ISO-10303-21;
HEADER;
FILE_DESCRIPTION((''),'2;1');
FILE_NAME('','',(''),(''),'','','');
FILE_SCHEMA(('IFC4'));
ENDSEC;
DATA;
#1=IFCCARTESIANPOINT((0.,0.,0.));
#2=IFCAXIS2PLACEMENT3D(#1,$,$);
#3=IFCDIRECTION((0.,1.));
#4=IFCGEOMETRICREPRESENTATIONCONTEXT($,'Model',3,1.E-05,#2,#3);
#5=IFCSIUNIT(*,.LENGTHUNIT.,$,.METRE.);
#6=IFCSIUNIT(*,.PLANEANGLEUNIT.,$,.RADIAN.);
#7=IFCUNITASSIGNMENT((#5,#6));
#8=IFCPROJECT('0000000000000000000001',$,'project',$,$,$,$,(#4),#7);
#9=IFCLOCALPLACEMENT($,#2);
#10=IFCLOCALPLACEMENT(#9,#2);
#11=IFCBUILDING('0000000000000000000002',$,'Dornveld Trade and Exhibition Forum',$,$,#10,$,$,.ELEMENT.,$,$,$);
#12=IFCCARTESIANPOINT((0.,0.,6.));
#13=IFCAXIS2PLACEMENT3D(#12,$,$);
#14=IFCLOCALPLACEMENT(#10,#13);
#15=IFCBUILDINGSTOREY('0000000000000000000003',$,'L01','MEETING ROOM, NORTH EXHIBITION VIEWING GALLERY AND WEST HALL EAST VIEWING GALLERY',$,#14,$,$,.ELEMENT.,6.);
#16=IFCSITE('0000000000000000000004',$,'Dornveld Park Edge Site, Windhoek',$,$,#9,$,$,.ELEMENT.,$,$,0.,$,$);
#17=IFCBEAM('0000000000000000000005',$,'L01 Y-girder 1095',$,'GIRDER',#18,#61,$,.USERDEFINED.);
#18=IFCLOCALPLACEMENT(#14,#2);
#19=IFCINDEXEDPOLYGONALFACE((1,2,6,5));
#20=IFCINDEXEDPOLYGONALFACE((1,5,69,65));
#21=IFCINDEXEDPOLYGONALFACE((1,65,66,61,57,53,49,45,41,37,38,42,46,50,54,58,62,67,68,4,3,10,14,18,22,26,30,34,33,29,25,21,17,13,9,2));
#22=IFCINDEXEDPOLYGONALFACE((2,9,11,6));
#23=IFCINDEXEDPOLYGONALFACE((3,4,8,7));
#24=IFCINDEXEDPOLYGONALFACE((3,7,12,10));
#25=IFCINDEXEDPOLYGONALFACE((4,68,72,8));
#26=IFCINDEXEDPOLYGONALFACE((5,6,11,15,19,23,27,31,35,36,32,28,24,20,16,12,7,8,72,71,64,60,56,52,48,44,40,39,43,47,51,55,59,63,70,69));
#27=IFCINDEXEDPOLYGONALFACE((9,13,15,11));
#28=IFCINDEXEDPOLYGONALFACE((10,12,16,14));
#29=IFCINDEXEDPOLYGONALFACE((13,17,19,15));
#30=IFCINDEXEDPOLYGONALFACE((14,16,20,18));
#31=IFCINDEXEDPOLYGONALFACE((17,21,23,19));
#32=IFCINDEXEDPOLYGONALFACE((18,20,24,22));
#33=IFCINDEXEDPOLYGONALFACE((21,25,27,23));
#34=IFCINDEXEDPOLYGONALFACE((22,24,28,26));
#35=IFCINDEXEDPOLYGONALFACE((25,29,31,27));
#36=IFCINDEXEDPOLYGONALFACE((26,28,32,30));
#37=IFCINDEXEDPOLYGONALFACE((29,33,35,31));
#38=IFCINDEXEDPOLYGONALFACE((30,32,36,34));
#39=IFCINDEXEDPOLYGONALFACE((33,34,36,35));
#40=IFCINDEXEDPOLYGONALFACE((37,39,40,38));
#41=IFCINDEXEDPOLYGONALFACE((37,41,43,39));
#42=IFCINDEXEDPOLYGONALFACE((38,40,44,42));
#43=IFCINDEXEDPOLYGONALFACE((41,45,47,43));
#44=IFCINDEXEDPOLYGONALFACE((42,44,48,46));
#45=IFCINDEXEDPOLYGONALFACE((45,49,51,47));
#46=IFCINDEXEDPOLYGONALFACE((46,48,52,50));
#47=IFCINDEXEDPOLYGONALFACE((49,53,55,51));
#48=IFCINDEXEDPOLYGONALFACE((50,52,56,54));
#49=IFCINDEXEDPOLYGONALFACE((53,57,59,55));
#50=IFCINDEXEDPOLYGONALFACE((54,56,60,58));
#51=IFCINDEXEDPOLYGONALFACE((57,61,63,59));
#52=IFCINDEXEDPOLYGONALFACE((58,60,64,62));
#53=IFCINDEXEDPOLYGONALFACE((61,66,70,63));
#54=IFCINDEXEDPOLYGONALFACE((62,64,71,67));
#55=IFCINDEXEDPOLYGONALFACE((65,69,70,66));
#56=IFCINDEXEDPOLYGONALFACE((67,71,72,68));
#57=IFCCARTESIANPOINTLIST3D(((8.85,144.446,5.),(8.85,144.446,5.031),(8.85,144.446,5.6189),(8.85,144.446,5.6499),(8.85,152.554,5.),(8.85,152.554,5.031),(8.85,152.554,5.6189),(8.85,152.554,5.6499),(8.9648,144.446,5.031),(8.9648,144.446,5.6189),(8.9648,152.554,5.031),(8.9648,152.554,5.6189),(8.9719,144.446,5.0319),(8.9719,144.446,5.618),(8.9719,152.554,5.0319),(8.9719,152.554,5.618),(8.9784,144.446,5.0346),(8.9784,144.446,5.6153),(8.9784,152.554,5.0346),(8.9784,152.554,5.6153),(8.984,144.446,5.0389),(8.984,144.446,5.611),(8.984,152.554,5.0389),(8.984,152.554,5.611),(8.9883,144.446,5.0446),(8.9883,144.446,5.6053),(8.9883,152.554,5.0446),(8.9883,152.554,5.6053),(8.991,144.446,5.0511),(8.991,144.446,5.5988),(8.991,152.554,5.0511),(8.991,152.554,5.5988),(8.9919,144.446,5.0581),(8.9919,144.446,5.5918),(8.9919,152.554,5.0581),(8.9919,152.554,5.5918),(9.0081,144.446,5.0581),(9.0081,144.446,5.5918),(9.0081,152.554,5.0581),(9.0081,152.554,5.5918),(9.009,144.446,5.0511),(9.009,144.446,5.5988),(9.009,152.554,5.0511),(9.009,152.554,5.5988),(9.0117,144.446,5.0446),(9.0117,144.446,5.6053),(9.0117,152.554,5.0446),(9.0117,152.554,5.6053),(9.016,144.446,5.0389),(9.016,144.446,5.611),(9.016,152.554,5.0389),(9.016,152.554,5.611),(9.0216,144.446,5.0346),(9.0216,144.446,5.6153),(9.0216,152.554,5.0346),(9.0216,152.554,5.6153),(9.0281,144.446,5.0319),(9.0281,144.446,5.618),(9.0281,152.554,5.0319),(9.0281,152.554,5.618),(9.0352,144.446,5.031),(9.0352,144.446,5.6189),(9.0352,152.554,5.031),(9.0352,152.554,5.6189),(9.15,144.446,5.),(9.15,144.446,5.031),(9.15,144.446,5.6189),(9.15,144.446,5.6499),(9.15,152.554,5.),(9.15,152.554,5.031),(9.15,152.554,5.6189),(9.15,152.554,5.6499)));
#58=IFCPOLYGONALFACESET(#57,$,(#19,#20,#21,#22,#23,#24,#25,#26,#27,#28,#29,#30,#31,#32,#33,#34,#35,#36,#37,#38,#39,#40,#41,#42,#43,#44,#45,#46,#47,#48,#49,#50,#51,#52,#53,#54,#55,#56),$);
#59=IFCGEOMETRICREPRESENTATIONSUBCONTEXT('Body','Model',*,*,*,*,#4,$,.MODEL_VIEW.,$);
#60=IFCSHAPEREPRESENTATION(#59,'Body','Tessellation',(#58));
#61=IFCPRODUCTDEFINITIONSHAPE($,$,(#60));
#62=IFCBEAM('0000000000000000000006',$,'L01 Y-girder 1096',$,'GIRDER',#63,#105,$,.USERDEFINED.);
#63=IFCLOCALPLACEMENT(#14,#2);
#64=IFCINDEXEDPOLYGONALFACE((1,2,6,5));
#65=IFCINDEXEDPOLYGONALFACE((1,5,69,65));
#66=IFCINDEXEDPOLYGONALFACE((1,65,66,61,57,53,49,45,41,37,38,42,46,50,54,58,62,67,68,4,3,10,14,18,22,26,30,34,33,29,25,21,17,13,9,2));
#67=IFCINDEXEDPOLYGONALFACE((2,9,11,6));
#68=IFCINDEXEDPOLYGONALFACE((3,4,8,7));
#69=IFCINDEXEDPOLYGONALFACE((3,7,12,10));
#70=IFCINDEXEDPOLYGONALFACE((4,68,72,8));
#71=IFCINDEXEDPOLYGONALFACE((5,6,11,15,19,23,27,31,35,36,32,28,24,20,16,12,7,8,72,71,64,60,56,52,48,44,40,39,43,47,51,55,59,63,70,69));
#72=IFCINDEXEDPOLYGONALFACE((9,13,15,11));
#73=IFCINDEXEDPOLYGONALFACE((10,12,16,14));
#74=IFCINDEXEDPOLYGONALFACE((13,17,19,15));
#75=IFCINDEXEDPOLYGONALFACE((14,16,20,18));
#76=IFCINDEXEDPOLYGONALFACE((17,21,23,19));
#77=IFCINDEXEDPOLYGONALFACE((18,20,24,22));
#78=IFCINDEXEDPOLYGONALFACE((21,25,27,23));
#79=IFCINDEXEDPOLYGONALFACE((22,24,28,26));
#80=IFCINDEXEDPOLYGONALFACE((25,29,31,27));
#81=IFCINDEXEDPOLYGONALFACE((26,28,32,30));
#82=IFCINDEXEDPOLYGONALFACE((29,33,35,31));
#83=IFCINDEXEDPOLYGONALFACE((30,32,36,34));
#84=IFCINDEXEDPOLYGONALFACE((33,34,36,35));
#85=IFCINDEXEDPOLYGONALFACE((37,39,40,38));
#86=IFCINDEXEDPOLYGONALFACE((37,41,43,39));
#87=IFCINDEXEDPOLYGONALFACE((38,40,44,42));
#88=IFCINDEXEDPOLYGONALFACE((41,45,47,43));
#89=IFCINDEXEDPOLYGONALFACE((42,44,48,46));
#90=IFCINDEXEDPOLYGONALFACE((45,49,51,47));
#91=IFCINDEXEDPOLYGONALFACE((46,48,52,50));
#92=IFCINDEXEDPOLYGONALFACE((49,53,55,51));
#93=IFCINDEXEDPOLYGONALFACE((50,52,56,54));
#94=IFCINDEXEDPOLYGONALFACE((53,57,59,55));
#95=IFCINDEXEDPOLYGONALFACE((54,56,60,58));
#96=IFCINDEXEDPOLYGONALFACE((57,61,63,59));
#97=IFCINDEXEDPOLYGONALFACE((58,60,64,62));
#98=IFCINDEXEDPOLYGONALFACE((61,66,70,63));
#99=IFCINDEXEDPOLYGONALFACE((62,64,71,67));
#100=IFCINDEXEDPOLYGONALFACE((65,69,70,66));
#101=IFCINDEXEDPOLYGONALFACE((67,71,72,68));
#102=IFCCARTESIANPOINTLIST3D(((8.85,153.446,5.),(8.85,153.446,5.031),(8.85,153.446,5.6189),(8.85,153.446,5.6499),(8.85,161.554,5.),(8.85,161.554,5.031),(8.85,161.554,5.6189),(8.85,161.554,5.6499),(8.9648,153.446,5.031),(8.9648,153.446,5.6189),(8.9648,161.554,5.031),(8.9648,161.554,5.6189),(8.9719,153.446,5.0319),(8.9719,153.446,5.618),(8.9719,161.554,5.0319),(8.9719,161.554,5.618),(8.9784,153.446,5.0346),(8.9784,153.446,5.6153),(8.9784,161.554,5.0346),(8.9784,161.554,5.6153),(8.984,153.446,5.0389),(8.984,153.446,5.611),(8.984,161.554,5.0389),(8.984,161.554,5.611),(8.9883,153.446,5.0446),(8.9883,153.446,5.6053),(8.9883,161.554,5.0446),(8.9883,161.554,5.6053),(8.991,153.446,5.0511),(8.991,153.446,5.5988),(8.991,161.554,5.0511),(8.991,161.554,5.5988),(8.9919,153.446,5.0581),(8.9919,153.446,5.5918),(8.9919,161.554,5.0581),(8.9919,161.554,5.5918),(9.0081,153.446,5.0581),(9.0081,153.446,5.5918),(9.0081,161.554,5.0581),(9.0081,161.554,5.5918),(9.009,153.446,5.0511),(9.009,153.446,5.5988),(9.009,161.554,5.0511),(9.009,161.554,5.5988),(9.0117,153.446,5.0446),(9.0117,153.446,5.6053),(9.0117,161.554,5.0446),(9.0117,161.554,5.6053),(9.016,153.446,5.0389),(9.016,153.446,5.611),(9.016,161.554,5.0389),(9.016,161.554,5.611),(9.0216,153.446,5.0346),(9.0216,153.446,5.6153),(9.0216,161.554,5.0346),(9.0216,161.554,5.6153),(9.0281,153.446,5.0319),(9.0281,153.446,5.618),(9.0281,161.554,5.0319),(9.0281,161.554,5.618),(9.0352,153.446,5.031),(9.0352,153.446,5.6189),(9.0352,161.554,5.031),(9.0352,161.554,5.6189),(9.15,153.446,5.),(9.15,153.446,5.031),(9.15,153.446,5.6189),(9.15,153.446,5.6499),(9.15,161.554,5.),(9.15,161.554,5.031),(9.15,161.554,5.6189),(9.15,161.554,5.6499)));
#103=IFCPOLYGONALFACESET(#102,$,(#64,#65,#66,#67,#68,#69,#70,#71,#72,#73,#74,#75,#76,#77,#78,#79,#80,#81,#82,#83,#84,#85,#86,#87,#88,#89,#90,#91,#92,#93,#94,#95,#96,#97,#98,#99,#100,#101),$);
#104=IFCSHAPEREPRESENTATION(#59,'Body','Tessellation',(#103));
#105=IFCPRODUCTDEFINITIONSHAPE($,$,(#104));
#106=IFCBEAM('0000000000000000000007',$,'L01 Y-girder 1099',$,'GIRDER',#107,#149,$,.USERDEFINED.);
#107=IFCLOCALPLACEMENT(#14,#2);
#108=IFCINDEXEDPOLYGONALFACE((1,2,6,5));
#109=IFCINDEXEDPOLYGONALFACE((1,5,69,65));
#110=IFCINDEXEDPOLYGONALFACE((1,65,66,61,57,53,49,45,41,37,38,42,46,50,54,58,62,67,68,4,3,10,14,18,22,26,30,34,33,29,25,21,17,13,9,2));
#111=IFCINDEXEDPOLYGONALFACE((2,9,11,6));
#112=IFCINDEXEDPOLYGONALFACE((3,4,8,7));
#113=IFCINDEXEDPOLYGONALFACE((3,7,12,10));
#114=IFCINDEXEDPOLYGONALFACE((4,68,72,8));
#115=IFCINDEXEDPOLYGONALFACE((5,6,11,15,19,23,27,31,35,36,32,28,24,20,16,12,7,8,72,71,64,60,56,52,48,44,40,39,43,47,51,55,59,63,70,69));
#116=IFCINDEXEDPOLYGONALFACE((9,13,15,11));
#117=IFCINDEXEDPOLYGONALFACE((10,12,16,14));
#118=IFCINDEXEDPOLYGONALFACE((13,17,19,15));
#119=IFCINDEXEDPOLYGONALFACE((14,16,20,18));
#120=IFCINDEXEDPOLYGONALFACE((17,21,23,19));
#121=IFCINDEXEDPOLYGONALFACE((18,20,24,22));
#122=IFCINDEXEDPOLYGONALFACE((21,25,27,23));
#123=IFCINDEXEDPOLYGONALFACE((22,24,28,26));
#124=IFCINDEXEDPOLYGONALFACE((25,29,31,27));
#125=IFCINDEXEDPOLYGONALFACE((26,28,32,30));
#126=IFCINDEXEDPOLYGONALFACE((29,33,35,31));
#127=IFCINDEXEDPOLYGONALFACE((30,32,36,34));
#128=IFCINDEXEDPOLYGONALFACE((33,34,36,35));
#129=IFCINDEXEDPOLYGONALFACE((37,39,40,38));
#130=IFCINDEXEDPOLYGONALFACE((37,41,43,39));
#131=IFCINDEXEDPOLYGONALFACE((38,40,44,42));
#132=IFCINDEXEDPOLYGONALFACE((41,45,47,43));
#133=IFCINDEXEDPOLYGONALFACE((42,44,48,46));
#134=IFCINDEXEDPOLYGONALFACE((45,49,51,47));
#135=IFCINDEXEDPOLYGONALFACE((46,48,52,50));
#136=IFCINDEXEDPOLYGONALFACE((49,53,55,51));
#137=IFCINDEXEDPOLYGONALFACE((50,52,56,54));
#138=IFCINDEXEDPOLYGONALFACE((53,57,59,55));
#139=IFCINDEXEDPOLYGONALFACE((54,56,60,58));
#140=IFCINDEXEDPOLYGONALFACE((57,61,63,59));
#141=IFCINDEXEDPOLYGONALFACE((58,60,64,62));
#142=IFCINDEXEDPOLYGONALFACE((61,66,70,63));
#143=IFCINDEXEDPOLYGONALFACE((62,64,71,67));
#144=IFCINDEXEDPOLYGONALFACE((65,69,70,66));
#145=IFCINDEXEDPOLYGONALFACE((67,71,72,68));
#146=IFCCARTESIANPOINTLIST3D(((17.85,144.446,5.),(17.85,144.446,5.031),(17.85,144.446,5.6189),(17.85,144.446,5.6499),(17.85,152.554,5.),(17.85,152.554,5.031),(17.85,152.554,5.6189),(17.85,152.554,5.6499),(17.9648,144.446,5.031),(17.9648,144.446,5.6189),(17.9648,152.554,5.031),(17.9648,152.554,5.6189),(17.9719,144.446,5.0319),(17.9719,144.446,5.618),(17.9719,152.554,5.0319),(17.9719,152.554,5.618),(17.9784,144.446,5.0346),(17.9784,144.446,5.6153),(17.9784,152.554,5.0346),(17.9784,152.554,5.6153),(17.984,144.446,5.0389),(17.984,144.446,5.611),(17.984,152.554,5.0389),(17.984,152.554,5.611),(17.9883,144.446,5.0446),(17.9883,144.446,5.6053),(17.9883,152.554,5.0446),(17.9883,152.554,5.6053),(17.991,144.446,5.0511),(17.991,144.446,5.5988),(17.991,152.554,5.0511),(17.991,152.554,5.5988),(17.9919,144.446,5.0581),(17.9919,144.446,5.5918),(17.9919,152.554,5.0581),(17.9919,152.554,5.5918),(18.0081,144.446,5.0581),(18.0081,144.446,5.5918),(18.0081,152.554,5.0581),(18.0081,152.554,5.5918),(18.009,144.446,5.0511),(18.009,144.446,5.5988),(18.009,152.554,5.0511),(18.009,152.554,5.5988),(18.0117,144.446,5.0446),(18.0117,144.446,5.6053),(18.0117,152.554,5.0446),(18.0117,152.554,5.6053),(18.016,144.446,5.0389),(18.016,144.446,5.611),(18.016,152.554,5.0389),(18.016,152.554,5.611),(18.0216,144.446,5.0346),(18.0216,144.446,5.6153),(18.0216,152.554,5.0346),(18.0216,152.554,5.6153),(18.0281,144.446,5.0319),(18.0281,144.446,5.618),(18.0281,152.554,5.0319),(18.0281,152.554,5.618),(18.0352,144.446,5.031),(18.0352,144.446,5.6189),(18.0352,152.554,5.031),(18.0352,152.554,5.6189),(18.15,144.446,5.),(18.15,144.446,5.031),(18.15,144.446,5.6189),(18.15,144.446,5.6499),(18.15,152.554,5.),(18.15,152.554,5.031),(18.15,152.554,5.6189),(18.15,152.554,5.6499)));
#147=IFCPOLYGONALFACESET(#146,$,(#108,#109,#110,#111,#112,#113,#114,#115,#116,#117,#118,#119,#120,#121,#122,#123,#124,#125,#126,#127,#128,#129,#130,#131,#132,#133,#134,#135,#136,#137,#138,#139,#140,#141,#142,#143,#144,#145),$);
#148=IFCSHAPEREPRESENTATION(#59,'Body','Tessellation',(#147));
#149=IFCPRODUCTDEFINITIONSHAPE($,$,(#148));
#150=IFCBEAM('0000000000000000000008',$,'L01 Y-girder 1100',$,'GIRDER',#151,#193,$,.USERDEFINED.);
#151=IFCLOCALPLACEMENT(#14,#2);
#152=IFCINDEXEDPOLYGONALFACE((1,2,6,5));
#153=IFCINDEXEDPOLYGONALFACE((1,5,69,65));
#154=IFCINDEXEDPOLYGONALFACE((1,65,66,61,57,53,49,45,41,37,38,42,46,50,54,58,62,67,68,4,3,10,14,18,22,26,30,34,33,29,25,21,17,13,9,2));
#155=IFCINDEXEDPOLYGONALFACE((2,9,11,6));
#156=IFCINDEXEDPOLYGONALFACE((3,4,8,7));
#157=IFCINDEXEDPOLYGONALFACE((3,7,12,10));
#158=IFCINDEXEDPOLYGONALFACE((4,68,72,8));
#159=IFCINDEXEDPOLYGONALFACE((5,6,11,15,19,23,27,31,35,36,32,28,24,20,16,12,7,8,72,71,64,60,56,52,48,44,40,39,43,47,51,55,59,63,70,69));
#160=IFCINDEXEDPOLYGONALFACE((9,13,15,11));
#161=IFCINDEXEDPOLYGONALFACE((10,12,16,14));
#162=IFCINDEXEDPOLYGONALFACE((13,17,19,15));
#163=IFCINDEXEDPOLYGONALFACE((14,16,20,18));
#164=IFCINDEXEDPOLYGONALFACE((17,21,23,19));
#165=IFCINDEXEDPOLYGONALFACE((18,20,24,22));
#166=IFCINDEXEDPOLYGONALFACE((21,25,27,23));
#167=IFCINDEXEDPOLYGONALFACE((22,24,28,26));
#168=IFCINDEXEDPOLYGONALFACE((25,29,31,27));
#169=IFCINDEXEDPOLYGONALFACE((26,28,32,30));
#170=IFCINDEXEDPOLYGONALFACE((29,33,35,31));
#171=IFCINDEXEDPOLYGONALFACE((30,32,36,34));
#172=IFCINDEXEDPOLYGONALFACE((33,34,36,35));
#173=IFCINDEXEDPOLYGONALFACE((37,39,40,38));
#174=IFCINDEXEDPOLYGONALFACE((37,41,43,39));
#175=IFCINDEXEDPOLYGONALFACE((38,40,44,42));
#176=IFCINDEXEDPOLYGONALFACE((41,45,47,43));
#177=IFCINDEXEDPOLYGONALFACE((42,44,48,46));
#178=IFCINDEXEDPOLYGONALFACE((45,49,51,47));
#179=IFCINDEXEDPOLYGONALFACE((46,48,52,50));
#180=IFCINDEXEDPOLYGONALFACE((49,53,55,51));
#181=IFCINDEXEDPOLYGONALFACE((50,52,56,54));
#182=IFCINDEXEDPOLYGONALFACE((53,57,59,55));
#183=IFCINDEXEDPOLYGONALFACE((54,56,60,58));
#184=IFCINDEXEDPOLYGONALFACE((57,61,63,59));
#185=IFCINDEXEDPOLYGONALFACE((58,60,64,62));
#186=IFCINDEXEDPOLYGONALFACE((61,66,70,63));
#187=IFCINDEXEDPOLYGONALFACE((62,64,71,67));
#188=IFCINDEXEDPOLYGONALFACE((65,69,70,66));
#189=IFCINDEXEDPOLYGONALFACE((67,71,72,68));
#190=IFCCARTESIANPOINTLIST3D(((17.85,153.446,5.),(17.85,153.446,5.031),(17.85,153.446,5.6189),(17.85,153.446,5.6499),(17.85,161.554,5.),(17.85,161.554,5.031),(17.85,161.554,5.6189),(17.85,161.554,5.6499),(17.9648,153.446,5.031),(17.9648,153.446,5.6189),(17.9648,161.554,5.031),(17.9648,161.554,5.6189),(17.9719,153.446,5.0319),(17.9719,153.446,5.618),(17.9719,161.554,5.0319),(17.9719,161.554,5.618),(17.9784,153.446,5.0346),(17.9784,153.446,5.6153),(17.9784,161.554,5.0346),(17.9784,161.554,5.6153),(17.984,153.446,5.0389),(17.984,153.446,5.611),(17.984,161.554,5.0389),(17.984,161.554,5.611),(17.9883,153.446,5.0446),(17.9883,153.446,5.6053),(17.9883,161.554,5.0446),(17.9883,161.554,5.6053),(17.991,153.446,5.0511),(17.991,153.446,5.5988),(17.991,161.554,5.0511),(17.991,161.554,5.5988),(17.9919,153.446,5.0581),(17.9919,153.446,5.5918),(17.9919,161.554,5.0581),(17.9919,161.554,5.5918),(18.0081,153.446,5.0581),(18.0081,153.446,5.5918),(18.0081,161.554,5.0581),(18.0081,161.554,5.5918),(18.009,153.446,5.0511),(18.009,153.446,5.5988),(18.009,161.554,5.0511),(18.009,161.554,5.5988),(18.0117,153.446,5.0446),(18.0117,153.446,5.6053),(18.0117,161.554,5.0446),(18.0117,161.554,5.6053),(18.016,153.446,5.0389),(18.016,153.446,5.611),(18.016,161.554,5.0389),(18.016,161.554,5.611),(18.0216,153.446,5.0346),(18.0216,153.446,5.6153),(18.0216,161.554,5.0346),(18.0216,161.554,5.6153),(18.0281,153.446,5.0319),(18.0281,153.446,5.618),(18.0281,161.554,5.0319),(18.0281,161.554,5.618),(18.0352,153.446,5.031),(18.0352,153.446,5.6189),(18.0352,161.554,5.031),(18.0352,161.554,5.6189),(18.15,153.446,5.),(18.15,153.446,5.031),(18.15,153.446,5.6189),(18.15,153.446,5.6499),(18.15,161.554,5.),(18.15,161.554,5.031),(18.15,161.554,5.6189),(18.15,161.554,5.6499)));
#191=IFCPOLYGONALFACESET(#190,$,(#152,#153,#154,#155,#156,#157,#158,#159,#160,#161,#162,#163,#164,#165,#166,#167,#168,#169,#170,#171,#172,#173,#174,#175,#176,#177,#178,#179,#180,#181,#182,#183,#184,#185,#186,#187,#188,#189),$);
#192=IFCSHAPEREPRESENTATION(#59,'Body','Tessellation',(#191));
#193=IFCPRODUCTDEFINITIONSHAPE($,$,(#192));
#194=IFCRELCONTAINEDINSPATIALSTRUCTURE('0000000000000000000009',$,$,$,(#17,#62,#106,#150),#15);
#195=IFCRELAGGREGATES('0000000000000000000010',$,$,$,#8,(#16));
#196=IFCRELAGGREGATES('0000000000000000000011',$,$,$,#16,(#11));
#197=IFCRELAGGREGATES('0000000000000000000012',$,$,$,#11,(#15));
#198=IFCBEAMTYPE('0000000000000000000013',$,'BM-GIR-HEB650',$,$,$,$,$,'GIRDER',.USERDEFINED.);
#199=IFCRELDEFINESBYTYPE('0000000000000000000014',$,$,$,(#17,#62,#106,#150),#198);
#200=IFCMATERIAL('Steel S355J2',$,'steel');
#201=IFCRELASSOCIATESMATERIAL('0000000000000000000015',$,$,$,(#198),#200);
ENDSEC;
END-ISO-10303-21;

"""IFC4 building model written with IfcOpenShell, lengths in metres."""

from ifc_helpers import new_model, si_unit, direction, frame, origin, origin_2d, place, context, subcontext, project, spatial, i_section, extrude, material, material_profile, profile_set, type_object, element, save


model = new_model("IFC4")

# Units and contexts
model_context = context("Model", 3, precision=1e-05, world=origin(), true_north=direction((0.0, 1.0)))
body_context = subcontext(model_context, "Body", "Model", "MODEL_VIEW")
ifc_project = project(units=[si_unit("LENGTHUNIT", "METRE"), si_unit("PLANEANGLEUNIT", "RADIAN")], contexts=[model_context])

# Site, building, storey
site_placement = place(None, origin())
site = spatial("IfcSite", under=ifc_project, at=site_placement, Name="Dornveld Park Edge Site, Windhoek", CompositionType="ELEMENT", RefElevation=0.0)
building_placement = place(site_placement, origin())
building = spatial("IfcBuilding", under=site, at=building_placement, Name="Dornveld Trade and Exhibition Forum", CompositionType="ELEMENT")
storey_placement = place(building_placement, frame((0.0, 0.0, 6.0)))
storey = spatial("IfcBuildingStorey", under=building, at=storey_placement, Name="L01", Description="MEETING ROOM, NORTH EXHIBITION VIEWING GALLERY AND WEST HALL EAST VIEWING GALLERY", CompositionType="ELEMENT", Elevation=6.0)

# Beams
ifc_material_1 = material(Name="Steel S355J2", Category="steel")
ifc_material_profile_1 = material_profile(ifc_material_1, i_section(OverallWidth=0.3, OverallDepth=0.6499, WebThickness=0.0161, FlangeThickness=0.031, FilletRadius=0.0271, at=origin_2d()), Name="HEB 650")
ifc_profile_set_1 = profile_set([ifc_material_profile_1], Name="Steel S355J2")
beam_type_1 = type_object("IfcBeamType", Name="BM-GIR-HEB650", ElementType="GIRDER", PredefinedType="USERDEFINED", material=ifc_profile_set_1)
for number, where, z_axis, x_axis, name in (
    (1, (9.0, 144.446, 5.325), (0.0, 1.0, 0.0), (-1.0, 0.0, 0.0), "L01 Y-girder 1095"),
    (2, (9.0, 153.446, 5.325), (0.0, 1.0, 0.0), (-1.0, 0.0, 0.0), "L01 Y-girder 1096"),
    (3, (18.0, 144.446, 5.325), (0.0, 1.0, 0.0), (-1.0, 0.0, 0.0), "L01 Y-girder 1099"),
    (4, (18.0, 153.446, 5.325), (0.0, 1.0, 0.0), (-1.0, 0.0, 0.0), "L01 Y-girder 1100"),
):
    element("IfcBeam", number, at=place(storey_placement, frame(where, z_axis=z_axis, x_axis=x_axis)), inside=storey, type_object=beam_type_1, Name=name, ObjectType="GIRDER", PredefinedType="USERDEFINED", context=body_context, shape_type="SweptSolid", body=[
        extrude(i_section(OverallWidth=0.3, OverallDepth=0.6499, WebThickness=0.0161, FlangeThickness=0.031, FilletRadius=0.0271, at=origin_2d()), origin(), (0.0, 0.0, 1.0), 8.1079),
    ])

save(model, "model.ifc")
